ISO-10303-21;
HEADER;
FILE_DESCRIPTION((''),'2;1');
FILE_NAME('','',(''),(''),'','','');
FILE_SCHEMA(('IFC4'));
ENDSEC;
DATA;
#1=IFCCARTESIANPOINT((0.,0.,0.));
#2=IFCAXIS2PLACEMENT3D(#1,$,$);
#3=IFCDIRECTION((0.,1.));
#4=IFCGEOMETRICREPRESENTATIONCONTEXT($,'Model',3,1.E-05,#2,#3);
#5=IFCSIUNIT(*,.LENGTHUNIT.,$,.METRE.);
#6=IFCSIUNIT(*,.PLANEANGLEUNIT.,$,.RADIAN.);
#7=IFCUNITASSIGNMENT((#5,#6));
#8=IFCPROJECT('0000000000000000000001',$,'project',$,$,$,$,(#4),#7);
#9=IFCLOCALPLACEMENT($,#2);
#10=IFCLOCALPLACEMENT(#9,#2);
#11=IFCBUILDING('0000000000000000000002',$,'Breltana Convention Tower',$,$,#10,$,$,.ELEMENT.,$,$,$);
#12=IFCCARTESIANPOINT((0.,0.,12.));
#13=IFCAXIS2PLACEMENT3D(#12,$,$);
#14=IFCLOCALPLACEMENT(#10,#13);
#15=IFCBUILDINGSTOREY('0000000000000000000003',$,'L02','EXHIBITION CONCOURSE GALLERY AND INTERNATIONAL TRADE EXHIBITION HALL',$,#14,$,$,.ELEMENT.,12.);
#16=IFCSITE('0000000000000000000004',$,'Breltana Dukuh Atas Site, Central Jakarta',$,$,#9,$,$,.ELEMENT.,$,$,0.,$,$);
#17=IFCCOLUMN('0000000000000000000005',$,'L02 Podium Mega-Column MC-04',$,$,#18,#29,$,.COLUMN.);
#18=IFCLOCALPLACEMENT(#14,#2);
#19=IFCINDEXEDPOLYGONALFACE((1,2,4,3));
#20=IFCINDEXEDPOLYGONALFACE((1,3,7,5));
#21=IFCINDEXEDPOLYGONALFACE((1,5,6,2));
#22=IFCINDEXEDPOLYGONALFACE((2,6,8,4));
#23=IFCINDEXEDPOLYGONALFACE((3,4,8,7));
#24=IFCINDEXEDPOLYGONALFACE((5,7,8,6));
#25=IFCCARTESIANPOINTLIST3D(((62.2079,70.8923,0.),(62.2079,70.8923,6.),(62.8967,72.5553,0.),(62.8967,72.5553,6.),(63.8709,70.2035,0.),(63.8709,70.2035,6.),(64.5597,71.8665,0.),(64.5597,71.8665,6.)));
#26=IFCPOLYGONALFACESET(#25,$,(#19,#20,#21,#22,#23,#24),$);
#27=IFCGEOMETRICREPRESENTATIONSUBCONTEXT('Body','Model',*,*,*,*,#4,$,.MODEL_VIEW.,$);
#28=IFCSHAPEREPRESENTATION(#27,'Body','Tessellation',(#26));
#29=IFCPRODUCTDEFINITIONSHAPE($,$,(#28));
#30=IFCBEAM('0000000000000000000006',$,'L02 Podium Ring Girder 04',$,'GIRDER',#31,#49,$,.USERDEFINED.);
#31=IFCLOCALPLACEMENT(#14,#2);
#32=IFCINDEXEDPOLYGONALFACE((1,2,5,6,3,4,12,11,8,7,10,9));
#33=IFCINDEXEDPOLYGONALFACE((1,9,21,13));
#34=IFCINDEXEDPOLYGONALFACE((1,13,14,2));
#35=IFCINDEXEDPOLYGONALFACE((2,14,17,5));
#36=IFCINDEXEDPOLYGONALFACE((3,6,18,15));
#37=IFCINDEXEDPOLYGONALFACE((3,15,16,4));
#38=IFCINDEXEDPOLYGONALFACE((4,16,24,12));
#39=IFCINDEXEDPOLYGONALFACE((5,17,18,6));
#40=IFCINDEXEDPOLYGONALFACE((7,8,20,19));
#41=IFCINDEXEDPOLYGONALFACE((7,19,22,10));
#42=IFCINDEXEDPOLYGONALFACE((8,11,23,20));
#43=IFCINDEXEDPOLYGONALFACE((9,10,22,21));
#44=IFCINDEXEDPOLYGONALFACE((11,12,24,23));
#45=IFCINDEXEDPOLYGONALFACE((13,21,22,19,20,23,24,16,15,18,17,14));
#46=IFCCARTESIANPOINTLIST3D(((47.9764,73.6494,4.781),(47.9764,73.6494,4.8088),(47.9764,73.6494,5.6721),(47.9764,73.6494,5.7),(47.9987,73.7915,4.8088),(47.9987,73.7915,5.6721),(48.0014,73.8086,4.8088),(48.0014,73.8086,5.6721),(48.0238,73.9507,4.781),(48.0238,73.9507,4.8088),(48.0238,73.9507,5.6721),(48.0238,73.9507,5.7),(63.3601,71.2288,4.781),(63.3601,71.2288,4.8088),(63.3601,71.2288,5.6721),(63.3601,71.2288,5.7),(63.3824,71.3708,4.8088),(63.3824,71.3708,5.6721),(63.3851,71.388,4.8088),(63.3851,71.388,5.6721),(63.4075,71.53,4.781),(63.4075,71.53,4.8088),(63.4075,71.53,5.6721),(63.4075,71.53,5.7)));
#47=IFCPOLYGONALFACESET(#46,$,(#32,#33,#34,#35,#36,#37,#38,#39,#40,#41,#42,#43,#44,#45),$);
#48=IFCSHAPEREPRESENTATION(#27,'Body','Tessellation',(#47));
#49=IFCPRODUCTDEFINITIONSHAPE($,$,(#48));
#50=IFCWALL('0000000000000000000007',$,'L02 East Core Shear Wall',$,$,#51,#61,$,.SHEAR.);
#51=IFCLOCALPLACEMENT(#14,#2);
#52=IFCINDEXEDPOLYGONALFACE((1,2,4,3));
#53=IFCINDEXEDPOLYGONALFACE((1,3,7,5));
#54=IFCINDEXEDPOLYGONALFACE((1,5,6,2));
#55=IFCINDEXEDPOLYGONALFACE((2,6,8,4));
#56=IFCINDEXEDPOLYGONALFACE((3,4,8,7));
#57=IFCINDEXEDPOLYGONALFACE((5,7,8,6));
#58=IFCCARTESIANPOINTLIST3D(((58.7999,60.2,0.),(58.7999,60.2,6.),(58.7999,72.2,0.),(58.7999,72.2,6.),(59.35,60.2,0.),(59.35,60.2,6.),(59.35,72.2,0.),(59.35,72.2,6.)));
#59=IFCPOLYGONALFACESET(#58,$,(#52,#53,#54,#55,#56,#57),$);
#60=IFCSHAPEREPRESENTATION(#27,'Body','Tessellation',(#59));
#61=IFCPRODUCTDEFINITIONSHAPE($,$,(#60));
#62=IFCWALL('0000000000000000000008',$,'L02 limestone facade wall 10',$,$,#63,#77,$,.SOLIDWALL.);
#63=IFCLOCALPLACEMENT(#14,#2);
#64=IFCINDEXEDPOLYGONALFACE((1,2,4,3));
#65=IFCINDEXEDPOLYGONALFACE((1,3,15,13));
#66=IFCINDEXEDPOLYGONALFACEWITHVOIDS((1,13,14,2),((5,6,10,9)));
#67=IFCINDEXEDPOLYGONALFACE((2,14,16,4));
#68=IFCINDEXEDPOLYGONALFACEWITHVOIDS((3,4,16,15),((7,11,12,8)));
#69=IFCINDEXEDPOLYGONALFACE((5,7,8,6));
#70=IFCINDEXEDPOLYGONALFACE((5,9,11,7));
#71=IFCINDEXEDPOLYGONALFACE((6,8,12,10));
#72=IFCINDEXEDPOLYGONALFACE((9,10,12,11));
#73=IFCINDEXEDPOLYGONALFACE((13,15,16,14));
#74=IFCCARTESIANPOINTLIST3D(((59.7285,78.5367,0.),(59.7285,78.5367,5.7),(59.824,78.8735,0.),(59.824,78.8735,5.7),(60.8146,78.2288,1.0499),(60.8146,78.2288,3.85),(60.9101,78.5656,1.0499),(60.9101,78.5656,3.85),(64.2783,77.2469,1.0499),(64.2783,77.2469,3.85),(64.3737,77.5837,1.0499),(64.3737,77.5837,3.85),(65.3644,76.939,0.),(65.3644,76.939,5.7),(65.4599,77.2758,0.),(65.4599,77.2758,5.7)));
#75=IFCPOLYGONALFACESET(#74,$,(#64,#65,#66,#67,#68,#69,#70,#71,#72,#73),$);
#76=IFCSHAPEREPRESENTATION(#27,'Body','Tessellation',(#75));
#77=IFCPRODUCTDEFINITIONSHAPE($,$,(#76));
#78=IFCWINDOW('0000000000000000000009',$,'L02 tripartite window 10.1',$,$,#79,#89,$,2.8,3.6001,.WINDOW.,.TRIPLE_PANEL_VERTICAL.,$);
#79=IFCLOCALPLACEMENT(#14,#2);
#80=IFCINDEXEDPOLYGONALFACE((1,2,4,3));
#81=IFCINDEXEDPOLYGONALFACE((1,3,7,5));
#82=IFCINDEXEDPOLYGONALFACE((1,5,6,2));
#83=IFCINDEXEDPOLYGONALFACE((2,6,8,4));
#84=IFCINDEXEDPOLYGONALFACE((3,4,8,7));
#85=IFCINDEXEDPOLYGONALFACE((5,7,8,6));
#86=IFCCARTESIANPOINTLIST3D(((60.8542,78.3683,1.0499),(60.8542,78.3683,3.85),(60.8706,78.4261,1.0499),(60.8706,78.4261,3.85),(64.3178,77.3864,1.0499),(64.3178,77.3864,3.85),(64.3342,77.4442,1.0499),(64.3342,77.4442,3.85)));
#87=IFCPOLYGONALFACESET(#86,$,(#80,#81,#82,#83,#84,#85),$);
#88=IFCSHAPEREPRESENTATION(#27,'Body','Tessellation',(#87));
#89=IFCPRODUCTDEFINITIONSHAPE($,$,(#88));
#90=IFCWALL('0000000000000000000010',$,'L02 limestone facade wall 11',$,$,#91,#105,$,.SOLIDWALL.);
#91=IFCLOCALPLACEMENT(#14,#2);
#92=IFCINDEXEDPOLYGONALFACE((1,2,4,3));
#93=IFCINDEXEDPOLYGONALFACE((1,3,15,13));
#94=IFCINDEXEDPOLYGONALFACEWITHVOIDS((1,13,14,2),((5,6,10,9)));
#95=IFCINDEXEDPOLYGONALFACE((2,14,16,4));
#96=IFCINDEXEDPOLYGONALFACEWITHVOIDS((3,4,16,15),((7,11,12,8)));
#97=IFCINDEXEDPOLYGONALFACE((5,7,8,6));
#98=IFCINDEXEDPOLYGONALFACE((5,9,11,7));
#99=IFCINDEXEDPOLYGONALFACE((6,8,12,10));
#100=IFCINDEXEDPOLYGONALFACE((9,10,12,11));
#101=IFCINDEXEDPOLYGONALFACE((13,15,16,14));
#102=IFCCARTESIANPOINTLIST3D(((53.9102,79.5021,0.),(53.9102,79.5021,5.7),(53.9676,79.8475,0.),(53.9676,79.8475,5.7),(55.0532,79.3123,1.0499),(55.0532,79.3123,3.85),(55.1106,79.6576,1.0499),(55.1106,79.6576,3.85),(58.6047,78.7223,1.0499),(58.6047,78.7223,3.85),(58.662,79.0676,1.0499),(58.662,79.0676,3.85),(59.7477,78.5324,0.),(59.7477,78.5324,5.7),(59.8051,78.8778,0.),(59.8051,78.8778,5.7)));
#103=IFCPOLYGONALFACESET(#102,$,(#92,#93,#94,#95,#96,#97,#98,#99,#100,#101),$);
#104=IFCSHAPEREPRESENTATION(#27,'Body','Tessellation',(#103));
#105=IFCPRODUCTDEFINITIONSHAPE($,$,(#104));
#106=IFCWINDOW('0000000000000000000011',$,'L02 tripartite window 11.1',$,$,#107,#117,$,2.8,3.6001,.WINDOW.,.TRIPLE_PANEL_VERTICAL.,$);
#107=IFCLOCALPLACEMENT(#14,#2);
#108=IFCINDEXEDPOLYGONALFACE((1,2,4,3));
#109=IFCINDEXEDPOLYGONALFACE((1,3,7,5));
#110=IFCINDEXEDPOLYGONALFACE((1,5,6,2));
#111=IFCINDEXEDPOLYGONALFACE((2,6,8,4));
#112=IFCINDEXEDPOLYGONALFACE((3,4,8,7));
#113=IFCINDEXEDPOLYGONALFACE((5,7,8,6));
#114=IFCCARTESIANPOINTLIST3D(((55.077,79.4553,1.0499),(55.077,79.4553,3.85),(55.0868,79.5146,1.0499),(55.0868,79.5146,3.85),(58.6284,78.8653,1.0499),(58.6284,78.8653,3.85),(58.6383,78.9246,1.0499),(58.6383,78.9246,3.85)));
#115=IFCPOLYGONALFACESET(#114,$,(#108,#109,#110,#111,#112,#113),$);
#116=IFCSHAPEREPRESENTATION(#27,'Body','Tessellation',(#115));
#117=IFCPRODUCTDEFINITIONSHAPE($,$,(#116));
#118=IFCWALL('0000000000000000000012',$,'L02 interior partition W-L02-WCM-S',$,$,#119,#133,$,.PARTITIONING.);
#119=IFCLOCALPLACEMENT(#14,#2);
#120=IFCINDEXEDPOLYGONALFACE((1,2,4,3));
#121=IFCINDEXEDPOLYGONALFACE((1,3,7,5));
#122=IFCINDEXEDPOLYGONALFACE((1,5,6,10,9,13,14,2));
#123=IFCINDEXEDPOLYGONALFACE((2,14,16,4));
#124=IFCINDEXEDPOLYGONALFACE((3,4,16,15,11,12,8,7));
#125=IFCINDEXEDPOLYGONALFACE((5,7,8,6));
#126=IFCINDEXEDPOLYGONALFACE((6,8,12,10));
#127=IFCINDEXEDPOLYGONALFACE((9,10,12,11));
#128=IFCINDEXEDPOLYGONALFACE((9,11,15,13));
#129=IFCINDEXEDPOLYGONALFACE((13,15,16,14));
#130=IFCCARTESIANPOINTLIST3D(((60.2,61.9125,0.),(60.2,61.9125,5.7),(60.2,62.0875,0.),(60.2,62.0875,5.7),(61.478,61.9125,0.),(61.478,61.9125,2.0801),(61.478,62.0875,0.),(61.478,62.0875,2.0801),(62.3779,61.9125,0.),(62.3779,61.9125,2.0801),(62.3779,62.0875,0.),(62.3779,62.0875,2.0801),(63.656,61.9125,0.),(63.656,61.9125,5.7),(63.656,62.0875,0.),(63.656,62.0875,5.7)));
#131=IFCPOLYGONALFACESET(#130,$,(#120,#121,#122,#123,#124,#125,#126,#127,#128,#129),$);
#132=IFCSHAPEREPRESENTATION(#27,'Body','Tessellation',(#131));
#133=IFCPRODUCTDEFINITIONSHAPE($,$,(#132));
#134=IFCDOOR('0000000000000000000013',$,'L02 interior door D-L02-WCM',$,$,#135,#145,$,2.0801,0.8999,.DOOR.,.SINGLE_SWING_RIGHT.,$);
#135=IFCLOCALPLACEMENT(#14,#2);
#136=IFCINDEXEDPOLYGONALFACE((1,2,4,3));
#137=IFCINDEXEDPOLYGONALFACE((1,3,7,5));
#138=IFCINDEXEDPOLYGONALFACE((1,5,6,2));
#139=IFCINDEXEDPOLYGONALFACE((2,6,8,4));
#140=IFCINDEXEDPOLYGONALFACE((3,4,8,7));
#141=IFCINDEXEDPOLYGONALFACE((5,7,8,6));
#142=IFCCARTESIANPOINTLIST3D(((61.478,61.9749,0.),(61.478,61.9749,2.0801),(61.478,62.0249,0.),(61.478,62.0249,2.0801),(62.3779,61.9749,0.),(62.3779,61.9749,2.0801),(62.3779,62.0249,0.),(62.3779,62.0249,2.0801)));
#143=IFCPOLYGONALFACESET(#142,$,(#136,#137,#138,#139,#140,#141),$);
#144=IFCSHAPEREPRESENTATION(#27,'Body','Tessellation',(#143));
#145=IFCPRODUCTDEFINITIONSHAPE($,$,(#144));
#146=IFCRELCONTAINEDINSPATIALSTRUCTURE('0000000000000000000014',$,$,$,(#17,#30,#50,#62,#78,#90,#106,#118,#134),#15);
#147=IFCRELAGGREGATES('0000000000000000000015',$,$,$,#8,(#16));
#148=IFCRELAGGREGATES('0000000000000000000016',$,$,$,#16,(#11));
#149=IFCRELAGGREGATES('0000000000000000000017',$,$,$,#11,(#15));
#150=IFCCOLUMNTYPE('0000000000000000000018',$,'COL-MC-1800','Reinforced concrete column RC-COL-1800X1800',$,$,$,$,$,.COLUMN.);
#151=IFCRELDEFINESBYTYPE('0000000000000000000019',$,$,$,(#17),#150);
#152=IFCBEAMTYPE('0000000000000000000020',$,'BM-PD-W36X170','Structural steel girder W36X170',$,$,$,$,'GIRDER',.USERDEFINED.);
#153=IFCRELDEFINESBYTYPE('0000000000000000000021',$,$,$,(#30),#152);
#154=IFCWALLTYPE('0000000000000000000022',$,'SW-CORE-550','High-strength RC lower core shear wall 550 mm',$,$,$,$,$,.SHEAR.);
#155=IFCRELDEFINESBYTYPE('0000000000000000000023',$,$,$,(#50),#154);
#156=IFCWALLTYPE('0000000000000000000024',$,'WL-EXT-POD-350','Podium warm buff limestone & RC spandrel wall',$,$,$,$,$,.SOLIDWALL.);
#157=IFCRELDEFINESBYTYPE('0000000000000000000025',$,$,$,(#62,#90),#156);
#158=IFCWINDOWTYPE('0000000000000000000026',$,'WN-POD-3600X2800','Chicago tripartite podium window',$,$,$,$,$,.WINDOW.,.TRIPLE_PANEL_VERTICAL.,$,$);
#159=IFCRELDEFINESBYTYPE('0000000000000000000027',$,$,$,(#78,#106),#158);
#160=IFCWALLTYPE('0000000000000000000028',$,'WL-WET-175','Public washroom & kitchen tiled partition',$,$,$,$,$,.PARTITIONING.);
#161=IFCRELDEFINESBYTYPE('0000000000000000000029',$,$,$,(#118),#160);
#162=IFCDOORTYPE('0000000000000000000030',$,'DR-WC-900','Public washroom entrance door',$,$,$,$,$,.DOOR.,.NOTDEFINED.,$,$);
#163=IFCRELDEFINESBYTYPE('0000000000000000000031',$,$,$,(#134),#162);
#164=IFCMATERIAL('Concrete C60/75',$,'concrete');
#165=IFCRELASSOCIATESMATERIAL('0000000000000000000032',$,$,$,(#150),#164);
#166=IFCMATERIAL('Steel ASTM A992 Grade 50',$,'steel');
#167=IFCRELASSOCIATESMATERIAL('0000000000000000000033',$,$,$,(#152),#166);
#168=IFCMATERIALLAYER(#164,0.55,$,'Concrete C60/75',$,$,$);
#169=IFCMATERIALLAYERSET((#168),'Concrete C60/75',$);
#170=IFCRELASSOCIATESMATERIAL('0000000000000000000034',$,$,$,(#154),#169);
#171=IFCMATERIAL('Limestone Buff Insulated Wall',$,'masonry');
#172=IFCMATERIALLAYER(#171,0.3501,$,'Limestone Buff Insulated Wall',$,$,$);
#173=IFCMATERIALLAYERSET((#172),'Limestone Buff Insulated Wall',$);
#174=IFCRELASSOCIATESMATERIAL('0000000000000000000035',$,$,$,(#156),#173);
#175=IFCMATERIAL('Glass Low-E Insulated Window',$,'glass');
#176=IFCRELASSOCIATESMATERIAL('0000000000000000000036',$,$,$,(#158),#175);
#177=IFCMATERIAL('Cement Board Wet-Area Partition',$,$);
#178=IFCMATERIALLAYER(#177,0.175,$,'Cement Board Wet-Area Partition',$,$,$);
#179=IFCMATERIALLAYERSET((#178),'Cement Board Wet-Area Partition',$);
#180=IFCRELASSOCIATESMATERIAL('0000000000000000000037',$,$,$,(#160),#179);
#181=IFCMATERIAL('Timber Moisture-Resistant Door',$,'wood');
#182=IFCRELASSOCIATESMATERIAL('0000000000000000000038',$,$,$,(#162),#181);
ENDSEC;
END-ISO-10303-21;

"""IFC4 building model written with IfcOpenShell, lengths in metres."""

from ifc_helpers import new_model, si_unit, direction, frame, frame_2d, origin, origin_2d, place, context, subcontext, project, spatial, rectangle, i_section, extrude, source, transform, mapped, material, layer, layer_set, material_profile, profile_set, type_object, type_shapes, element, fill, save


model = new_model("IFC4")

# Units and contexts
model_context = context("Model", 3, precision=1e-05, world=origin(), true_north=direction((0.0, 1.0)))
body_context = subcontext(model_context, "Body", "Model", "MODEL_VIEW")
ifc_project = project(units=[si_unit("LENGTHUNIT", "METRE"), si_unit("PLANEANGLEUNIT", "RADIAN")], contexts=[model_context])

# Site, building, storey
site_placement = place(None, origin())
site = spatial("IfcSite", under=ifc_project, at=site_placement, Name="Breltana Dukuh Atas Site, Central Jakarta", CompositionType="ELEMENT", RefElevation=0.0)
building_placement = place(site_placement, origin())
building = spatial("IfcBuilding", under=site, at=building_placement, Name="Breltana Convention Tower", CompositionType="ELEMENT")
storey_placement = place(building_placement, frame((0.0, 0.0, 12.0)))
storey = spatial("IfcBuildingStorey", under=building, at=storey_placement, Name="L02", Description="EXHIBITION CONCOURSE GALLERY AND INTERNATIONAL TRADE EXHIBITION HALL", CompositionType="ELEMENT", Elevation=12.0)

# Column
ifc_material_1 = material(Name="Concrete C60/75", Category="concrete")
ifc_material_profile_1 = material_profile(ifc_material_1, rectangle(XDim=1.8, YDim=1.8, at=origin_2d()), Name="RC-COL-1800X1800")
ifc_profile_set_1 = profile_set([ifc_material_profile_1], Name="Concrete C60/75")
column_type = type_object("IfcColumnType", Name="COL-MC-1800", Description="Reinforced concrete column RC-COL-1800X1800", PredefinedType="COLUMN", material=ifc_profile_set_1)
shared_shape_1 = source(origin(), body_context, "Body", "SweptSolid", [
    extrude(rectangle(XDim=1.8, YDim=1.8, at=origin_2d()), origin(), (0.0, 0.0, 1.0), 6.0),
])
type_shapes(column_type, [shared_shape_1])
column_placement = place(storey_placement, frame((63.3838, 71.3794, 0.0), z_axis=(0.0, 0.0, 1.0), x_axis=(0.382683, 0.92388, 0.0)))
element("IfcColumn", 1, at=column_placement, inside=storey, type_object=column_type, Name="L02 Podium Mega-Column MC-04", PredefinedType="COLUMN", context=body_context, shape_type="MappedRepresentation", body=[
    mapped(shared_shape_1, transform((0.0, 0.0, 0.0), scale=1.0)),
])

# Beam
ifc_material_2 = material(Name="Steel ASTM A992 Grade 50", Category="steel")
ifc_material_profile_2 = material_profile(ifc_material_2, i_section(OverallWidth=0.3049, OverallDepth=0.9189, WebThickness=0.0173, FlangeThickness=0.0278, at=origin_2d()), Name="W36X170")
ifc_profile_set_2 = profile_set([ifc_material_profile_2], Name="Steel ASTM A992 Grade 50")
beam_type = type_object("IfcBeamType", Name="BM-PD-W36X170", Description="Structural steel girder W36X170", ElementType="GIRDER", PredefinedType="USERDEFINED", material=ifc_profile_set_2)
shared_shape_2 = source(origin(), body_context, "Body", "SweptSolid", [
    extrude(i_section(OverallWidth=0.3049, OverallDepth=0.9189, WebThickness=0.0173, FlangeThickness=0.0278, at=origin_2d()), origin(), (0.0, 0.0, 1.0), 15.573),
])
beam_placement = place(storey_placement, frame((63.3838, 71.3794, 5.2405), z_axis=(-0.987846, 0.155438, 0.0), x_axis=(-0.155438, -0.987846, 0.0)))
element("IfcBeam", 2, at=beam_placement, inside=storey, type_object=beam_type, Name="L02 Podium Ring Girder 04", ObjectType="GIRDER", PredefinedType="USERDEFINED", context=body_context, shape_type="MappedRepresentation", body=[
    mapped(shared_shape_2, transform((0.0, 0.0, 0.0), scale=1.0)),
])

# Wall
ifc_layer_1 = layer(ifc_material_1, 0.55, Name="Concrete C60/75")
ifc_layer_set_1 = layer_set([ifc_layer_1], Name="Concrete C60/75")
wall_type_1 = type_object("IfcWallType", Name="SW-CORE-550", Description="High-strength RC lower core shear wall 550 mm", PredefinedType="SHEAR", material=ifc_layer_set_1)
shared_shape_3 = source(origin(), body_context, "Body", "SweptSolid", [
    extrude(rectangle(XDim=12.0, YDim=0.55, at=frame_2d((6.0, 0.0))), origin(), (0.0, 0.0, 1.0), 6.0),
])
wall_1_placement = place(storey_placement, frame((59.075, 60.2, 0.0), z_axis=(0.0, 0.0, 1.0), x_axis=(0.0, 1.0, 0.0)))
element("IfcWall", 3, at=wall_1_placement, inside=storey, type_object=wall_type_1, Name="L02 East Core Shear Wall", PredefinedType="SHEAR", context=body_context, shape_type="MappedRepresentation", body=[
    mapped(shared_shape_3, transform((0.0, 0.0, 0.0), scale=1.0)),
])

# Walls, openings, windows
ifc_material_3 = material(Name="Limestone Buff Insulated Wall", Category="masonry")
ifc_layer_2 = layer(ifc_material_3, 0.3501, Name="Limestone Buff Insulated Wall")
ifc_layer_set_2 = layer_set([ifc_layer_2], Name="Limestone Buff Insulated Wall")
wall_type_2 = type_object("IfcWallType", Name="WL-EXT-POD-350", Description="Podium warm buff limestone & RC spandrel wall", PredefinedType="SOLIDWALL", material=ifc_layer_set_2)
shared_shape_4 = source(origin(), body_context, "Body", "SweptSolid", [
    extrude(rectangle(XDim=5.8579, YDim=0.3501, at=frame_2d((2.929, 0.0))), origin(), (0.0, 0.0, 1.0), 5.7),
])
wall_2_placement = place(storey_placement, frame((65.4121, 77.1074, 0.0), z_axis=(0.0, 0.0, 1.0), x_axis=(-0.962088, 0.272739, 0.0)))
wall_2 = element("IfcWall", 4, at=wall_2_placement, inside=storey, type_object=wall_type_2, Name="L02 limestone facade wall 10", PredefinedType="SOLIDWALL", context=body_context, shape_type="MappedRepresentation", body=[
    mapped(shared_shape_4, transform((0.0, 0.0, 0.0), scale=1.0)),
])
opening_1_placement = place(wall_2_placement, frame((1.1289, 0.0, 1.05)))
opening_1 = element("IfcOpeningElement", 5, at=opening_1_placement, cuts=wall_2, PredefinedType="OPENING", context=body_context, shape_type="SweptSolid", body=[
    extrude(rectangle(XDim=3.6001, YDim=2.8, at=frame_2d((1.8, 1.3999))), frame((0.0, 0.1851, 0.0), z_axis=(0.0, -1.0, 0.0), x_axis=(1.0, 0.0, 0.0)), (0.0, 0.0, 1.0), 0.3701),
])
ifc_material_4 = material(Name="Glass Low-E Insulated Window", Category="glass")
window_type = type_object("IfcWindowType", Name="WN-POD-3600X2800", Description="Chicago tripartite podium window", PartitioningType="TRIPLE_PANEL_VERTICAL", PredefinedType="WINDOW", material=ifc_material_4)
shared_shape_5 = source(origin(), body_context, "Body", "SweptSolid", [
    extrude(rectangle(XDim=3.6001, YDim=2.8, at=frame_2d((1.8, 1.3999))), frame((0.0, 0.03, 0.0), z_axis=(0.0, -1.0, 0.0), x_axis=(1.0, 0.0, 0.0)), (0.0, 0.0, 1.0), 0.0601),
])
type_shapes(window_type, [shared_shape_5])
window_1_placement = place(opening_1_placement, origin())
window_1 = element("IfcWindow", 6, at=window_1_placement, inside=storey, type_object=window_type, Name="L02 tripartite window 10.1", OverallHeight=2.8, OverallWidth=3.6001, PartitioningType="TRIPLE_PANEL_VERTICAL", PredefinedType="WINDOW", context=body_context, shape_type="MappedRepresentation", body=[
    mapped(shared_shape_5, transform((0.0, 0.0, 0.0), scale=1.0)),
])
fill(opening_1, window_1)
shared_shape_6 = source(origin(), body_context, "Body", "SweptSolid", [
    extrude(rectangle(XDim=5.9175, YDim=0.3501, at=frame_2d((2.9587, 0.0))), origin(), (0.0, 0.0, 1.0), 5.7),
])
wall_3_placement = place(storey_placement, frame((59.7764, 78.7051, 0.0), z_axis=(0.0, 0.0, 1.0), x_axis=(-0.986481, 0.163877, 0.0)))
wall_3 = element("IfcWall", 7, at=wall_3_placement, inside=storey, type_object=wall_type_2, Name="L02 limestone facade wall 11", PredefinedType="SOLIDWALL", context=body_context, shape_type="MappedRepresentation", body=[
    mapped(shared_shape_6, transform((0.0, 0.0, 0.0), scale=1.0)),
])
opening_2_placement = place(wall_3_placement, frame((1.1587, 0.0, 1.05)))
opening_2 = element("IfcOpeningElement", 8, at=opening_2_placement, cuts=wall_3, PredefinedType="OPENING", context=body_context, shape_type="SweptSolid", body=[
    extrude(rectangle(XDim=3.6001, YDim=2.8, at=frame_2d((1.8, 1.3999))), frame((0.0, 0.1851, 0.0), z_axis=(0.0, -1.0, 0.0), x_axis=(1.0, 0.0, 0.0)), (0.0, 0.0, 1.0), 0.3701),
])
window_2_placement = place(opening_2_placement, origin())
window_2 = element("IfcWindow", 9, at=window_2_placement, inside=storey, type_object=window_type, Name="L02 tripartite window 11.1", OverallHeight=2.8, OverallWidth=3.6001, PartitioningType="TRIPLE_PANEL_VERTICAL", PredefinedType="WINDOW", context=body_context, shape_type="MappedRepresentation", body=[
    mapped(shared_shape_5, transform((0.0, 0.0, 0.0), scale=1.0)),
])
fill(opening_2, window_2)

# Wall, opening, door
ifc_material_5 = material(Name="Cement Board Wet-Area Partition")
ifc_layer_3 = layer(ifc_material_5, 0.175, Name="Cement Board Wet-Area Partition")
ifc_layer_set_3 = layer_set([ifc_layer_3], Name="Cement Board Wet-Area Partition")
wall_type_3 = type_object("IfcWallType", Name="WL-WET-175", Description="Public washroom & kitchen tiled partition", PredefinedType="PARTITIONING", material=ifc_layer_set_3)
shared_shape_7 = source(origin(), body_context, "Body", "SweptSolid", [
    extrude(rectangle(XDim=3.4561, YDim=0.175, at=frame_2d((1.728, 0.0))), origin(), (0.0, 0.0, 1.0), 5.7),
])
wall_4_placement = place(storey_placement, frame((60.2, 62.0, 0.0), z_axis=(0.0, 0.0, 1.0), x_axis=(1.0, 0.0, 0.0)))
wall_4 = element("IfcWall", 10, at=wall_4_placement, inside=storey, type_object=wall_type_3, Name="L02 interior partition W-L02-WCM-S", PredefinedType="PARTITIONING", context=body_context, shape_type="MappedRepresentation", body=[
    mapped(shared_shape_7, transform((0.0, 0.0, 0.0), scale=1.0)),
])
opening_3_placement = place(wall_4_placement, frame((1.2781, 0.0, 0.0)))
opening_3 = element("IfcOpeningElement", 11, at=opening_3_placement, cuts=wall_4, PredefinedType="OPENING", context=body_context, shape_type="SweptSolid", body=[
    extrude(rectangle(XDim=0.8999, YDim=2.0801, at=frame_2d((0.45, 1.04))), frame((0.0, 0.0977, 0.0), z_axis=(0.0, -1.0, 0.0), x_axis=(1.0, 0.0, 0.0)), (0.0, 0.0, 1.0), 0.1951),
])
ifc_material_6 = material(Name="Timber Moisture-Resistant Door", Category="wood")
door_type_1 = type_object("IfcDoorType", Name="DR-WC-900", Description="Public washroom entrance door", OperationType="NOTDEFINED", PredefinedType="DOOR", material=ifc_material_6)
shared_shape_8 = source(origin(), body_context, "Body", "SweptSolid", [
    extrude(rectangle(XDim=0.8999, YDim=2.0801, at=frame_2d((0.45, 1.04))), frame((0.0, 0.0249, 0.0), z_axis=(0.0, -1.0, 0.0), x_axis=(1.0, 0.0, 0.0)), (0.0, 0.0, 1.0), 0.05),
])
type_shapes(door_type_1, [shared_shape_8])
door_1_placement = place(opening_3_placement, origin())
door_1 = element("IfcDoor", 12, at=door_1_placement, inside=storey, type_object=door_type_1, Name="L02 interior door D-L02-WCM", OperationType="SINGLE_SWING_RIGHT", OverallHeight=2.0801, OverallWidth=0.8999, PredefinedType="DOOR", context=body_context, shape_type="MappedRepresentation", body=[
    mapped(shared_shape_8, transform((0.0, 0.0, 0.0), scale=1.0)),
])
fill(opening_3, door_1)

save(model, "model.ifc")
